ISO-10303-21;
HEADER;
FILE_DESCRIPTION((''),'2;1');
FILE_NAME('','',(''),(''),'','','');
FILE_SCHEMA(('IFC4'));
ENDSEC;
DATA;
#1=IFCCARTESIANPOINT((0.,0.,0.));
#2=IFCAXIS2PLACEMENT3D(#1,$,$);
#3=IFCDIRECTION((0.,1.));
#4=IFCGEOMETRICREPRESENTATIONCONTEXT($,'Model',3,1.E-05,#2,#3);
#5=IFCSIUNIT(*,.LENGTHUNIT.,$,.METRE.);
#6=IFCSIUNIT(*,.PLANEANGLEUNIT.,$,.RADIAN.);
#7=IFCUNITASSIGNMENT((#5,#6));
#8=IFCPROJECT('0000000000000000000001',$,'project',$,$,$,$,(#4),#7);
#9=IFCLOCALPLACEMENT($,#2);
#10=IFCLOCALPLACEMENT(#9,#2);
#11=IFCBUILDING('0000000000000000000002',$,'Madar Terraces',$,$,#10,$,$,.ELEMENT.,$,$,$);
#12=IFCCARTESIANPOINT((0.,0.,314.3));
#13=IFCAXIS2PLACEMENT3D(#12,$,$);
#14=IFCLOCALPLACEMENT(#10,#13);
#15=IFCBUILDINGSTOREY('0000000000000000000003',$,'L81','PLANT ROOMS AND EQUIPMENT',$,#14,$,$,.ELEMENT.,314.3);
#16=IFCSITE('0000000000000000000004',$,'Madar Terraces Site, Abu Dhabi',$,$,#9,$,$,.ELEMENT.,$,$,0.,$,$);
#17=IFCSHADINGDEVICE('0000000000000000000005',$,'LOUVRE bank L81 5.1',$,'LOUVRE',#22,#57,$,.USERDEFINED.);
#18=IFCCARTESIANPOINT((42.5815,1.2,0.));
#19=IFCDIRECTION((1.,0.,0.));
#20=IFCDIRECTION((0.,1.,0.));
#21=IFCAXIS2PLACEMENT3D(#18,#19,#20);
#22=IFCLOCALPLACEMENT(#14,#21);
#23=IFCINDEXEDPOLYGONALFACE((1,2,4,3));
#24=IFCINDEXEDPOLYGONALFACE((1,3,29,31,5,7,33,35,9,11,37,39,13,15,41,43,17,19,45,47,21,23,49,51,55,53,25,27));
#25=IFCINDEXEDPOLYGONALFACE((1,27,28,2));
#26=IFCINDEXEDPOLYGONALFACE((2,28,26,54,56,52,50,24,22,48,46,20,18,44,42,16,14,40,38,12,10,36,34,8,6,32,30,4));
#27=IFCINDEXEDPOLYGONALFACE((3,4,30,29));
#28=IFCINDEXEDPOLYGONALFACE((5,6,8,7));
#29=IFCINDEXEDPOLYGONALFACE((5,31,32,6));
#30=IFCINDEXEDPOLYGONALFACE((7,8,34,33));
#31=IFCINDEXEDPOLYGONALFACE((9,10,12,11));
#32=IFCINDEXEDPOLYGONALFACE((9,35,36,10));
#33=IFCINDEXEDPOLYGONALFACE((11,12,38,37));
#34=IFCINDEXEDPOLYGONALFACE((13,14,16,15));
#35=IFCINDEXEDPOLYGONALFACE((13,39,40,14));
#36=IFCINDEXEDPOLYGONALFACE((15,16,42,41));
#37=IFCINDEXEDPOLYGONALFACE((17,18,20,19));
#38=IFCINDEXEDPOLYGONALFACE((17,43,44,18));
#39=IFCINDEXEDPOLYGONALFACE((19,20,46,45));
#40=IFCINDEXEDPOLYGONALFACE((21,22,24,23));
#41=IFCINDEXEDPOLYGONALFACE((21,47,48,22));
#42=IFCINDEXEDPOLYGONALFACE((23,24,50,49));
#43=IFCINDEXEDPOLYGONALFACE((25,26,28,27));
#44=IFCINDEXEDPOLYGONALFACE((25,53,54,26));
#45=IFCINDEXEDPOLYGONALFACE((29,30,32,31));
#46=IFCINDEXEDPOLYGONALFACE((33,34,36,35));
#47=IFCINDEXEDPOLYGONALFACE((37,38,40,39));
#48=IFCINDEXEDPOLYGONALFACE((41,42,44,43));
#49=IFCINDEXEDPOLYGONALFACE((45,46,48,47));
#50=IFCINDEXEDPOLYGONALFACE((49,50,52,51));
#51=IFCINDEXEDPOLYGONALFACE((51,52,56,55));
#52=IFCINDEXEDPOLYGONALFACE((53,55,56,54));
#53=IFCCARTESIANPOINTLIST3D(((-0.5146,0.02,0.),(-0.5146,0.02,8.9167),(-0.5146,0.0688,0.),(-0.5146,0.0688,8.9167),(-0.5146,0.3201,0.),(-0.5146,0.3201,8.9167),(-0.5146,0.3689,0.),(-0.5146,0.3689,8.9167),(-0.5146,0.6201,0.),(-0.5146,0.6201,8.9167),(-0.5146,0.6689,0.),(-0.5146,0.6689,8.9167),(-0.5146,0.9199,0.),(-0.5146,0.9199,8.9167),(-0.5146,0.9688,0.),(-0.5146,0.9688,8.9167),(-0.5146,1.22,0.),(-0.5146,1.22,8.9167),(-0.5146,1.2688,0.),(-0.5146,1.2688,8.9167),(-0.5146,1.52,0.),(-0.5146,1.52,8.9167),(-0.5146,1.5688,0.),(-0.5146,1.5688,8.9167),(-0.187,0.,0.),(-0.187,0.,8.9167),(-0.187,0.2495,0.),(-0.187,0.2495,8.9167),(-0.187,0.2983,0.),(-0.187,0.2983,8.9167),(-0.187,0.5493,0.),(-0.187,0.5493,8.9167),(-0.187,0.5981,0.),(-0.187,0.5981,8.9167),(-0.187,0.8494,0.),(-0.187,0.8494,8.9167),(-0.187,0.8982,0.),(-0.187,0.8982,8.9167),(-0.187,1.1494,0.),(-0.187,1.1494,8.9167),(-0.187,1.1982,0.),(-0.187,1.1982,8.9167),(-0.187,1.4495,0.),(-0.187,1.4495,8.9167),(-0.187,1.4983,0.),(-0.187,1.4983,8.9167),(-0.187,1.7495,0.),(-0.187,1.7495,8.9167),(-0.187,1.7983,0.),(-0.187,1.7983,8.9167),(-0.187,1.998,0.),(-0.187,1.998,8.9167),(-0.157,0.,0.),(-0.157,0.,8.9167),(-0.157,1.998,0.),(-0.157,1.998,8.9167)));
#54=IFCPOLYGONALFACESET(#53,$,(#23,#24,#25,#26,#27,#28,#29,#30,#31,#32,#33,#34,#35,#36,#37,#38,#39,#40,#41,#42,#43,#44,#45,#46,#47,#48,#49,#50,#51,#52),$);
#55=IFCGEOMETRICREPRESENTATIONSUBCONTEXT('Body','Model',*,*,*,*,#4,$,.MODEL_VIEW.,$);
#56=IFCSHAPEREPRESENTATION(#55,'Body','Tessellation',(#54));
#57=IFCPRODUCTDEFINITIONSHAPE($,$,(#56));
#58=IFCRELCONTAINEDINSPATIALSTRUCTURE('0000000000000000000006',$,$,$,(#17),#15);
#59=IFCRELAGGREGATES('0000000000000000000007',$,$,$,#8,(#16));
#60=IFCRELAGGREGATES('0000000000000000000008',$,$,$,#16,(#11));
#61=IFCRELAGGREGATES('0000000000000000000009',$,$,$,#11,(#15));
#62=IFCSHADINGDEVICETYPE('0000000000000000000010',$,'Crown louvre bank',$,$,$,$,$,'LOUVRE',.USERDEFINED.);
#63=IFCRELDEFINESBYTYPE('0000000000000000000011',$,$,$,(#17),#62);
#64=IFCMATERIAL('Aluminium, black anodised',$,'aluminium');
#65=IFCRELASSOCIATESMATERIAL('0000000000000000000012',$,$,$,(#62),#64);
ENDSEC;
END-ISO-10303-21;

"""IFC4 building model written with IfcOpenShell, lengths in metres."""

from ifc_helpers import new_model, si_unit, direction, frame, origin, place, context, subcontext, project, spatial, polyline, outline, extrude, material, type_object, element, save


model = new_model("IFC4")

# Units and contexts
model_context = context("Model", 3, precision=1e-05, world=origin(), true_north=direction((0.0, 1.0)))
body_context = subcontext(model_context, "Body", "Model", "MODEL_VIEW")
ifc_project = project(units=[si_unit("LENGTHUNIT", "METRE"), si_unit("PLANEANGLEUNIT", "RADIAN")], contexts=[model_context])

# Site, building, storey
site_placement = place(None, origin())
site = spatial("IfcSite", under=ifc_project, at=site_placement, Name="Madar Terraces Site, Abu Dhabi", CompositionType="ELEMENT", RefElevation=0.0)
building_placement = place(site_placement, origin())
building = spatial("IfcBuilding", under=site, at=building_placement, Name="Madar Terraces", CompositionType="ELEMENT")
storey_placement = place(building_placement, frame((0.0, 0.0, 314.3)))
storey = spatial("IfcBuildingStorey", under=building, at=storey_placement, Name="L81", Description="PLANT ROOMS AND EQUIPMENT", CompositionType="ELEMENT", Elevation=314.3)

# Shading device
ifc_material_1 = material(Name="Aluminium, black anodised", Category="aluminium")
shading_device_type = type_object("IfcShadingDeviceType", Name="Crown louvre bank", ElementType="LOUVRE", PredefinedType="USERDEFINED", material=ifc_material_1)
shading_device_1_placement = place(storey_placement, frame((42.5815, 1.2, 0.0), z_axis=(1.0, 0.0, 0.0), x_axis=(0.0, 1.0, 0.0)))
element("IfcShadingDevice", 1, at=shading_device_1_placement, inside=storey, type_object=shading_device_type, Name="LOUVRE bank L81 5.1", ObjectType="LOUVRE", PredefinedType="USERDEFINED", context=body_context, shape_type="SweptSolid", body=[
    extrude(outline(polyline([(-0.157, 0.0), (-0.187, 0.0), (-0.187, 0.2495), (-0.5146, 0.02), (-0.5146, 0.0688), (-0.187, 0.2983), (-0.187, 0.5493), (-0.5146, 0.3201), (-0.5146, 0.3689), (-0.187, 0.5981), (-0.187, 0.8494), (-0.5146, 0.6201), (-0.5146, 0.6689), (-0.187, 0.8982), (-0.187, 1.1494), (-0.5146, 0.9199), (-0.5146, 0.9688), (-0.187, 1.1982), (-0.187, 1.4495), (-0.5146, 1.22), (-0.5146, 1.2688), (-0.187, 1.4983), (-0.187, 1.7495), (-0.5146, 1.52), (-0.5146, 1.5688), (-0.187, 1.7983), (-0.187, 1.998), (-0.157, 1.998), (-0.157, 0.0)])), origin(), (0.0, 0.0, 1.0), 8.9167),
])

save(model, "model.ifc")
